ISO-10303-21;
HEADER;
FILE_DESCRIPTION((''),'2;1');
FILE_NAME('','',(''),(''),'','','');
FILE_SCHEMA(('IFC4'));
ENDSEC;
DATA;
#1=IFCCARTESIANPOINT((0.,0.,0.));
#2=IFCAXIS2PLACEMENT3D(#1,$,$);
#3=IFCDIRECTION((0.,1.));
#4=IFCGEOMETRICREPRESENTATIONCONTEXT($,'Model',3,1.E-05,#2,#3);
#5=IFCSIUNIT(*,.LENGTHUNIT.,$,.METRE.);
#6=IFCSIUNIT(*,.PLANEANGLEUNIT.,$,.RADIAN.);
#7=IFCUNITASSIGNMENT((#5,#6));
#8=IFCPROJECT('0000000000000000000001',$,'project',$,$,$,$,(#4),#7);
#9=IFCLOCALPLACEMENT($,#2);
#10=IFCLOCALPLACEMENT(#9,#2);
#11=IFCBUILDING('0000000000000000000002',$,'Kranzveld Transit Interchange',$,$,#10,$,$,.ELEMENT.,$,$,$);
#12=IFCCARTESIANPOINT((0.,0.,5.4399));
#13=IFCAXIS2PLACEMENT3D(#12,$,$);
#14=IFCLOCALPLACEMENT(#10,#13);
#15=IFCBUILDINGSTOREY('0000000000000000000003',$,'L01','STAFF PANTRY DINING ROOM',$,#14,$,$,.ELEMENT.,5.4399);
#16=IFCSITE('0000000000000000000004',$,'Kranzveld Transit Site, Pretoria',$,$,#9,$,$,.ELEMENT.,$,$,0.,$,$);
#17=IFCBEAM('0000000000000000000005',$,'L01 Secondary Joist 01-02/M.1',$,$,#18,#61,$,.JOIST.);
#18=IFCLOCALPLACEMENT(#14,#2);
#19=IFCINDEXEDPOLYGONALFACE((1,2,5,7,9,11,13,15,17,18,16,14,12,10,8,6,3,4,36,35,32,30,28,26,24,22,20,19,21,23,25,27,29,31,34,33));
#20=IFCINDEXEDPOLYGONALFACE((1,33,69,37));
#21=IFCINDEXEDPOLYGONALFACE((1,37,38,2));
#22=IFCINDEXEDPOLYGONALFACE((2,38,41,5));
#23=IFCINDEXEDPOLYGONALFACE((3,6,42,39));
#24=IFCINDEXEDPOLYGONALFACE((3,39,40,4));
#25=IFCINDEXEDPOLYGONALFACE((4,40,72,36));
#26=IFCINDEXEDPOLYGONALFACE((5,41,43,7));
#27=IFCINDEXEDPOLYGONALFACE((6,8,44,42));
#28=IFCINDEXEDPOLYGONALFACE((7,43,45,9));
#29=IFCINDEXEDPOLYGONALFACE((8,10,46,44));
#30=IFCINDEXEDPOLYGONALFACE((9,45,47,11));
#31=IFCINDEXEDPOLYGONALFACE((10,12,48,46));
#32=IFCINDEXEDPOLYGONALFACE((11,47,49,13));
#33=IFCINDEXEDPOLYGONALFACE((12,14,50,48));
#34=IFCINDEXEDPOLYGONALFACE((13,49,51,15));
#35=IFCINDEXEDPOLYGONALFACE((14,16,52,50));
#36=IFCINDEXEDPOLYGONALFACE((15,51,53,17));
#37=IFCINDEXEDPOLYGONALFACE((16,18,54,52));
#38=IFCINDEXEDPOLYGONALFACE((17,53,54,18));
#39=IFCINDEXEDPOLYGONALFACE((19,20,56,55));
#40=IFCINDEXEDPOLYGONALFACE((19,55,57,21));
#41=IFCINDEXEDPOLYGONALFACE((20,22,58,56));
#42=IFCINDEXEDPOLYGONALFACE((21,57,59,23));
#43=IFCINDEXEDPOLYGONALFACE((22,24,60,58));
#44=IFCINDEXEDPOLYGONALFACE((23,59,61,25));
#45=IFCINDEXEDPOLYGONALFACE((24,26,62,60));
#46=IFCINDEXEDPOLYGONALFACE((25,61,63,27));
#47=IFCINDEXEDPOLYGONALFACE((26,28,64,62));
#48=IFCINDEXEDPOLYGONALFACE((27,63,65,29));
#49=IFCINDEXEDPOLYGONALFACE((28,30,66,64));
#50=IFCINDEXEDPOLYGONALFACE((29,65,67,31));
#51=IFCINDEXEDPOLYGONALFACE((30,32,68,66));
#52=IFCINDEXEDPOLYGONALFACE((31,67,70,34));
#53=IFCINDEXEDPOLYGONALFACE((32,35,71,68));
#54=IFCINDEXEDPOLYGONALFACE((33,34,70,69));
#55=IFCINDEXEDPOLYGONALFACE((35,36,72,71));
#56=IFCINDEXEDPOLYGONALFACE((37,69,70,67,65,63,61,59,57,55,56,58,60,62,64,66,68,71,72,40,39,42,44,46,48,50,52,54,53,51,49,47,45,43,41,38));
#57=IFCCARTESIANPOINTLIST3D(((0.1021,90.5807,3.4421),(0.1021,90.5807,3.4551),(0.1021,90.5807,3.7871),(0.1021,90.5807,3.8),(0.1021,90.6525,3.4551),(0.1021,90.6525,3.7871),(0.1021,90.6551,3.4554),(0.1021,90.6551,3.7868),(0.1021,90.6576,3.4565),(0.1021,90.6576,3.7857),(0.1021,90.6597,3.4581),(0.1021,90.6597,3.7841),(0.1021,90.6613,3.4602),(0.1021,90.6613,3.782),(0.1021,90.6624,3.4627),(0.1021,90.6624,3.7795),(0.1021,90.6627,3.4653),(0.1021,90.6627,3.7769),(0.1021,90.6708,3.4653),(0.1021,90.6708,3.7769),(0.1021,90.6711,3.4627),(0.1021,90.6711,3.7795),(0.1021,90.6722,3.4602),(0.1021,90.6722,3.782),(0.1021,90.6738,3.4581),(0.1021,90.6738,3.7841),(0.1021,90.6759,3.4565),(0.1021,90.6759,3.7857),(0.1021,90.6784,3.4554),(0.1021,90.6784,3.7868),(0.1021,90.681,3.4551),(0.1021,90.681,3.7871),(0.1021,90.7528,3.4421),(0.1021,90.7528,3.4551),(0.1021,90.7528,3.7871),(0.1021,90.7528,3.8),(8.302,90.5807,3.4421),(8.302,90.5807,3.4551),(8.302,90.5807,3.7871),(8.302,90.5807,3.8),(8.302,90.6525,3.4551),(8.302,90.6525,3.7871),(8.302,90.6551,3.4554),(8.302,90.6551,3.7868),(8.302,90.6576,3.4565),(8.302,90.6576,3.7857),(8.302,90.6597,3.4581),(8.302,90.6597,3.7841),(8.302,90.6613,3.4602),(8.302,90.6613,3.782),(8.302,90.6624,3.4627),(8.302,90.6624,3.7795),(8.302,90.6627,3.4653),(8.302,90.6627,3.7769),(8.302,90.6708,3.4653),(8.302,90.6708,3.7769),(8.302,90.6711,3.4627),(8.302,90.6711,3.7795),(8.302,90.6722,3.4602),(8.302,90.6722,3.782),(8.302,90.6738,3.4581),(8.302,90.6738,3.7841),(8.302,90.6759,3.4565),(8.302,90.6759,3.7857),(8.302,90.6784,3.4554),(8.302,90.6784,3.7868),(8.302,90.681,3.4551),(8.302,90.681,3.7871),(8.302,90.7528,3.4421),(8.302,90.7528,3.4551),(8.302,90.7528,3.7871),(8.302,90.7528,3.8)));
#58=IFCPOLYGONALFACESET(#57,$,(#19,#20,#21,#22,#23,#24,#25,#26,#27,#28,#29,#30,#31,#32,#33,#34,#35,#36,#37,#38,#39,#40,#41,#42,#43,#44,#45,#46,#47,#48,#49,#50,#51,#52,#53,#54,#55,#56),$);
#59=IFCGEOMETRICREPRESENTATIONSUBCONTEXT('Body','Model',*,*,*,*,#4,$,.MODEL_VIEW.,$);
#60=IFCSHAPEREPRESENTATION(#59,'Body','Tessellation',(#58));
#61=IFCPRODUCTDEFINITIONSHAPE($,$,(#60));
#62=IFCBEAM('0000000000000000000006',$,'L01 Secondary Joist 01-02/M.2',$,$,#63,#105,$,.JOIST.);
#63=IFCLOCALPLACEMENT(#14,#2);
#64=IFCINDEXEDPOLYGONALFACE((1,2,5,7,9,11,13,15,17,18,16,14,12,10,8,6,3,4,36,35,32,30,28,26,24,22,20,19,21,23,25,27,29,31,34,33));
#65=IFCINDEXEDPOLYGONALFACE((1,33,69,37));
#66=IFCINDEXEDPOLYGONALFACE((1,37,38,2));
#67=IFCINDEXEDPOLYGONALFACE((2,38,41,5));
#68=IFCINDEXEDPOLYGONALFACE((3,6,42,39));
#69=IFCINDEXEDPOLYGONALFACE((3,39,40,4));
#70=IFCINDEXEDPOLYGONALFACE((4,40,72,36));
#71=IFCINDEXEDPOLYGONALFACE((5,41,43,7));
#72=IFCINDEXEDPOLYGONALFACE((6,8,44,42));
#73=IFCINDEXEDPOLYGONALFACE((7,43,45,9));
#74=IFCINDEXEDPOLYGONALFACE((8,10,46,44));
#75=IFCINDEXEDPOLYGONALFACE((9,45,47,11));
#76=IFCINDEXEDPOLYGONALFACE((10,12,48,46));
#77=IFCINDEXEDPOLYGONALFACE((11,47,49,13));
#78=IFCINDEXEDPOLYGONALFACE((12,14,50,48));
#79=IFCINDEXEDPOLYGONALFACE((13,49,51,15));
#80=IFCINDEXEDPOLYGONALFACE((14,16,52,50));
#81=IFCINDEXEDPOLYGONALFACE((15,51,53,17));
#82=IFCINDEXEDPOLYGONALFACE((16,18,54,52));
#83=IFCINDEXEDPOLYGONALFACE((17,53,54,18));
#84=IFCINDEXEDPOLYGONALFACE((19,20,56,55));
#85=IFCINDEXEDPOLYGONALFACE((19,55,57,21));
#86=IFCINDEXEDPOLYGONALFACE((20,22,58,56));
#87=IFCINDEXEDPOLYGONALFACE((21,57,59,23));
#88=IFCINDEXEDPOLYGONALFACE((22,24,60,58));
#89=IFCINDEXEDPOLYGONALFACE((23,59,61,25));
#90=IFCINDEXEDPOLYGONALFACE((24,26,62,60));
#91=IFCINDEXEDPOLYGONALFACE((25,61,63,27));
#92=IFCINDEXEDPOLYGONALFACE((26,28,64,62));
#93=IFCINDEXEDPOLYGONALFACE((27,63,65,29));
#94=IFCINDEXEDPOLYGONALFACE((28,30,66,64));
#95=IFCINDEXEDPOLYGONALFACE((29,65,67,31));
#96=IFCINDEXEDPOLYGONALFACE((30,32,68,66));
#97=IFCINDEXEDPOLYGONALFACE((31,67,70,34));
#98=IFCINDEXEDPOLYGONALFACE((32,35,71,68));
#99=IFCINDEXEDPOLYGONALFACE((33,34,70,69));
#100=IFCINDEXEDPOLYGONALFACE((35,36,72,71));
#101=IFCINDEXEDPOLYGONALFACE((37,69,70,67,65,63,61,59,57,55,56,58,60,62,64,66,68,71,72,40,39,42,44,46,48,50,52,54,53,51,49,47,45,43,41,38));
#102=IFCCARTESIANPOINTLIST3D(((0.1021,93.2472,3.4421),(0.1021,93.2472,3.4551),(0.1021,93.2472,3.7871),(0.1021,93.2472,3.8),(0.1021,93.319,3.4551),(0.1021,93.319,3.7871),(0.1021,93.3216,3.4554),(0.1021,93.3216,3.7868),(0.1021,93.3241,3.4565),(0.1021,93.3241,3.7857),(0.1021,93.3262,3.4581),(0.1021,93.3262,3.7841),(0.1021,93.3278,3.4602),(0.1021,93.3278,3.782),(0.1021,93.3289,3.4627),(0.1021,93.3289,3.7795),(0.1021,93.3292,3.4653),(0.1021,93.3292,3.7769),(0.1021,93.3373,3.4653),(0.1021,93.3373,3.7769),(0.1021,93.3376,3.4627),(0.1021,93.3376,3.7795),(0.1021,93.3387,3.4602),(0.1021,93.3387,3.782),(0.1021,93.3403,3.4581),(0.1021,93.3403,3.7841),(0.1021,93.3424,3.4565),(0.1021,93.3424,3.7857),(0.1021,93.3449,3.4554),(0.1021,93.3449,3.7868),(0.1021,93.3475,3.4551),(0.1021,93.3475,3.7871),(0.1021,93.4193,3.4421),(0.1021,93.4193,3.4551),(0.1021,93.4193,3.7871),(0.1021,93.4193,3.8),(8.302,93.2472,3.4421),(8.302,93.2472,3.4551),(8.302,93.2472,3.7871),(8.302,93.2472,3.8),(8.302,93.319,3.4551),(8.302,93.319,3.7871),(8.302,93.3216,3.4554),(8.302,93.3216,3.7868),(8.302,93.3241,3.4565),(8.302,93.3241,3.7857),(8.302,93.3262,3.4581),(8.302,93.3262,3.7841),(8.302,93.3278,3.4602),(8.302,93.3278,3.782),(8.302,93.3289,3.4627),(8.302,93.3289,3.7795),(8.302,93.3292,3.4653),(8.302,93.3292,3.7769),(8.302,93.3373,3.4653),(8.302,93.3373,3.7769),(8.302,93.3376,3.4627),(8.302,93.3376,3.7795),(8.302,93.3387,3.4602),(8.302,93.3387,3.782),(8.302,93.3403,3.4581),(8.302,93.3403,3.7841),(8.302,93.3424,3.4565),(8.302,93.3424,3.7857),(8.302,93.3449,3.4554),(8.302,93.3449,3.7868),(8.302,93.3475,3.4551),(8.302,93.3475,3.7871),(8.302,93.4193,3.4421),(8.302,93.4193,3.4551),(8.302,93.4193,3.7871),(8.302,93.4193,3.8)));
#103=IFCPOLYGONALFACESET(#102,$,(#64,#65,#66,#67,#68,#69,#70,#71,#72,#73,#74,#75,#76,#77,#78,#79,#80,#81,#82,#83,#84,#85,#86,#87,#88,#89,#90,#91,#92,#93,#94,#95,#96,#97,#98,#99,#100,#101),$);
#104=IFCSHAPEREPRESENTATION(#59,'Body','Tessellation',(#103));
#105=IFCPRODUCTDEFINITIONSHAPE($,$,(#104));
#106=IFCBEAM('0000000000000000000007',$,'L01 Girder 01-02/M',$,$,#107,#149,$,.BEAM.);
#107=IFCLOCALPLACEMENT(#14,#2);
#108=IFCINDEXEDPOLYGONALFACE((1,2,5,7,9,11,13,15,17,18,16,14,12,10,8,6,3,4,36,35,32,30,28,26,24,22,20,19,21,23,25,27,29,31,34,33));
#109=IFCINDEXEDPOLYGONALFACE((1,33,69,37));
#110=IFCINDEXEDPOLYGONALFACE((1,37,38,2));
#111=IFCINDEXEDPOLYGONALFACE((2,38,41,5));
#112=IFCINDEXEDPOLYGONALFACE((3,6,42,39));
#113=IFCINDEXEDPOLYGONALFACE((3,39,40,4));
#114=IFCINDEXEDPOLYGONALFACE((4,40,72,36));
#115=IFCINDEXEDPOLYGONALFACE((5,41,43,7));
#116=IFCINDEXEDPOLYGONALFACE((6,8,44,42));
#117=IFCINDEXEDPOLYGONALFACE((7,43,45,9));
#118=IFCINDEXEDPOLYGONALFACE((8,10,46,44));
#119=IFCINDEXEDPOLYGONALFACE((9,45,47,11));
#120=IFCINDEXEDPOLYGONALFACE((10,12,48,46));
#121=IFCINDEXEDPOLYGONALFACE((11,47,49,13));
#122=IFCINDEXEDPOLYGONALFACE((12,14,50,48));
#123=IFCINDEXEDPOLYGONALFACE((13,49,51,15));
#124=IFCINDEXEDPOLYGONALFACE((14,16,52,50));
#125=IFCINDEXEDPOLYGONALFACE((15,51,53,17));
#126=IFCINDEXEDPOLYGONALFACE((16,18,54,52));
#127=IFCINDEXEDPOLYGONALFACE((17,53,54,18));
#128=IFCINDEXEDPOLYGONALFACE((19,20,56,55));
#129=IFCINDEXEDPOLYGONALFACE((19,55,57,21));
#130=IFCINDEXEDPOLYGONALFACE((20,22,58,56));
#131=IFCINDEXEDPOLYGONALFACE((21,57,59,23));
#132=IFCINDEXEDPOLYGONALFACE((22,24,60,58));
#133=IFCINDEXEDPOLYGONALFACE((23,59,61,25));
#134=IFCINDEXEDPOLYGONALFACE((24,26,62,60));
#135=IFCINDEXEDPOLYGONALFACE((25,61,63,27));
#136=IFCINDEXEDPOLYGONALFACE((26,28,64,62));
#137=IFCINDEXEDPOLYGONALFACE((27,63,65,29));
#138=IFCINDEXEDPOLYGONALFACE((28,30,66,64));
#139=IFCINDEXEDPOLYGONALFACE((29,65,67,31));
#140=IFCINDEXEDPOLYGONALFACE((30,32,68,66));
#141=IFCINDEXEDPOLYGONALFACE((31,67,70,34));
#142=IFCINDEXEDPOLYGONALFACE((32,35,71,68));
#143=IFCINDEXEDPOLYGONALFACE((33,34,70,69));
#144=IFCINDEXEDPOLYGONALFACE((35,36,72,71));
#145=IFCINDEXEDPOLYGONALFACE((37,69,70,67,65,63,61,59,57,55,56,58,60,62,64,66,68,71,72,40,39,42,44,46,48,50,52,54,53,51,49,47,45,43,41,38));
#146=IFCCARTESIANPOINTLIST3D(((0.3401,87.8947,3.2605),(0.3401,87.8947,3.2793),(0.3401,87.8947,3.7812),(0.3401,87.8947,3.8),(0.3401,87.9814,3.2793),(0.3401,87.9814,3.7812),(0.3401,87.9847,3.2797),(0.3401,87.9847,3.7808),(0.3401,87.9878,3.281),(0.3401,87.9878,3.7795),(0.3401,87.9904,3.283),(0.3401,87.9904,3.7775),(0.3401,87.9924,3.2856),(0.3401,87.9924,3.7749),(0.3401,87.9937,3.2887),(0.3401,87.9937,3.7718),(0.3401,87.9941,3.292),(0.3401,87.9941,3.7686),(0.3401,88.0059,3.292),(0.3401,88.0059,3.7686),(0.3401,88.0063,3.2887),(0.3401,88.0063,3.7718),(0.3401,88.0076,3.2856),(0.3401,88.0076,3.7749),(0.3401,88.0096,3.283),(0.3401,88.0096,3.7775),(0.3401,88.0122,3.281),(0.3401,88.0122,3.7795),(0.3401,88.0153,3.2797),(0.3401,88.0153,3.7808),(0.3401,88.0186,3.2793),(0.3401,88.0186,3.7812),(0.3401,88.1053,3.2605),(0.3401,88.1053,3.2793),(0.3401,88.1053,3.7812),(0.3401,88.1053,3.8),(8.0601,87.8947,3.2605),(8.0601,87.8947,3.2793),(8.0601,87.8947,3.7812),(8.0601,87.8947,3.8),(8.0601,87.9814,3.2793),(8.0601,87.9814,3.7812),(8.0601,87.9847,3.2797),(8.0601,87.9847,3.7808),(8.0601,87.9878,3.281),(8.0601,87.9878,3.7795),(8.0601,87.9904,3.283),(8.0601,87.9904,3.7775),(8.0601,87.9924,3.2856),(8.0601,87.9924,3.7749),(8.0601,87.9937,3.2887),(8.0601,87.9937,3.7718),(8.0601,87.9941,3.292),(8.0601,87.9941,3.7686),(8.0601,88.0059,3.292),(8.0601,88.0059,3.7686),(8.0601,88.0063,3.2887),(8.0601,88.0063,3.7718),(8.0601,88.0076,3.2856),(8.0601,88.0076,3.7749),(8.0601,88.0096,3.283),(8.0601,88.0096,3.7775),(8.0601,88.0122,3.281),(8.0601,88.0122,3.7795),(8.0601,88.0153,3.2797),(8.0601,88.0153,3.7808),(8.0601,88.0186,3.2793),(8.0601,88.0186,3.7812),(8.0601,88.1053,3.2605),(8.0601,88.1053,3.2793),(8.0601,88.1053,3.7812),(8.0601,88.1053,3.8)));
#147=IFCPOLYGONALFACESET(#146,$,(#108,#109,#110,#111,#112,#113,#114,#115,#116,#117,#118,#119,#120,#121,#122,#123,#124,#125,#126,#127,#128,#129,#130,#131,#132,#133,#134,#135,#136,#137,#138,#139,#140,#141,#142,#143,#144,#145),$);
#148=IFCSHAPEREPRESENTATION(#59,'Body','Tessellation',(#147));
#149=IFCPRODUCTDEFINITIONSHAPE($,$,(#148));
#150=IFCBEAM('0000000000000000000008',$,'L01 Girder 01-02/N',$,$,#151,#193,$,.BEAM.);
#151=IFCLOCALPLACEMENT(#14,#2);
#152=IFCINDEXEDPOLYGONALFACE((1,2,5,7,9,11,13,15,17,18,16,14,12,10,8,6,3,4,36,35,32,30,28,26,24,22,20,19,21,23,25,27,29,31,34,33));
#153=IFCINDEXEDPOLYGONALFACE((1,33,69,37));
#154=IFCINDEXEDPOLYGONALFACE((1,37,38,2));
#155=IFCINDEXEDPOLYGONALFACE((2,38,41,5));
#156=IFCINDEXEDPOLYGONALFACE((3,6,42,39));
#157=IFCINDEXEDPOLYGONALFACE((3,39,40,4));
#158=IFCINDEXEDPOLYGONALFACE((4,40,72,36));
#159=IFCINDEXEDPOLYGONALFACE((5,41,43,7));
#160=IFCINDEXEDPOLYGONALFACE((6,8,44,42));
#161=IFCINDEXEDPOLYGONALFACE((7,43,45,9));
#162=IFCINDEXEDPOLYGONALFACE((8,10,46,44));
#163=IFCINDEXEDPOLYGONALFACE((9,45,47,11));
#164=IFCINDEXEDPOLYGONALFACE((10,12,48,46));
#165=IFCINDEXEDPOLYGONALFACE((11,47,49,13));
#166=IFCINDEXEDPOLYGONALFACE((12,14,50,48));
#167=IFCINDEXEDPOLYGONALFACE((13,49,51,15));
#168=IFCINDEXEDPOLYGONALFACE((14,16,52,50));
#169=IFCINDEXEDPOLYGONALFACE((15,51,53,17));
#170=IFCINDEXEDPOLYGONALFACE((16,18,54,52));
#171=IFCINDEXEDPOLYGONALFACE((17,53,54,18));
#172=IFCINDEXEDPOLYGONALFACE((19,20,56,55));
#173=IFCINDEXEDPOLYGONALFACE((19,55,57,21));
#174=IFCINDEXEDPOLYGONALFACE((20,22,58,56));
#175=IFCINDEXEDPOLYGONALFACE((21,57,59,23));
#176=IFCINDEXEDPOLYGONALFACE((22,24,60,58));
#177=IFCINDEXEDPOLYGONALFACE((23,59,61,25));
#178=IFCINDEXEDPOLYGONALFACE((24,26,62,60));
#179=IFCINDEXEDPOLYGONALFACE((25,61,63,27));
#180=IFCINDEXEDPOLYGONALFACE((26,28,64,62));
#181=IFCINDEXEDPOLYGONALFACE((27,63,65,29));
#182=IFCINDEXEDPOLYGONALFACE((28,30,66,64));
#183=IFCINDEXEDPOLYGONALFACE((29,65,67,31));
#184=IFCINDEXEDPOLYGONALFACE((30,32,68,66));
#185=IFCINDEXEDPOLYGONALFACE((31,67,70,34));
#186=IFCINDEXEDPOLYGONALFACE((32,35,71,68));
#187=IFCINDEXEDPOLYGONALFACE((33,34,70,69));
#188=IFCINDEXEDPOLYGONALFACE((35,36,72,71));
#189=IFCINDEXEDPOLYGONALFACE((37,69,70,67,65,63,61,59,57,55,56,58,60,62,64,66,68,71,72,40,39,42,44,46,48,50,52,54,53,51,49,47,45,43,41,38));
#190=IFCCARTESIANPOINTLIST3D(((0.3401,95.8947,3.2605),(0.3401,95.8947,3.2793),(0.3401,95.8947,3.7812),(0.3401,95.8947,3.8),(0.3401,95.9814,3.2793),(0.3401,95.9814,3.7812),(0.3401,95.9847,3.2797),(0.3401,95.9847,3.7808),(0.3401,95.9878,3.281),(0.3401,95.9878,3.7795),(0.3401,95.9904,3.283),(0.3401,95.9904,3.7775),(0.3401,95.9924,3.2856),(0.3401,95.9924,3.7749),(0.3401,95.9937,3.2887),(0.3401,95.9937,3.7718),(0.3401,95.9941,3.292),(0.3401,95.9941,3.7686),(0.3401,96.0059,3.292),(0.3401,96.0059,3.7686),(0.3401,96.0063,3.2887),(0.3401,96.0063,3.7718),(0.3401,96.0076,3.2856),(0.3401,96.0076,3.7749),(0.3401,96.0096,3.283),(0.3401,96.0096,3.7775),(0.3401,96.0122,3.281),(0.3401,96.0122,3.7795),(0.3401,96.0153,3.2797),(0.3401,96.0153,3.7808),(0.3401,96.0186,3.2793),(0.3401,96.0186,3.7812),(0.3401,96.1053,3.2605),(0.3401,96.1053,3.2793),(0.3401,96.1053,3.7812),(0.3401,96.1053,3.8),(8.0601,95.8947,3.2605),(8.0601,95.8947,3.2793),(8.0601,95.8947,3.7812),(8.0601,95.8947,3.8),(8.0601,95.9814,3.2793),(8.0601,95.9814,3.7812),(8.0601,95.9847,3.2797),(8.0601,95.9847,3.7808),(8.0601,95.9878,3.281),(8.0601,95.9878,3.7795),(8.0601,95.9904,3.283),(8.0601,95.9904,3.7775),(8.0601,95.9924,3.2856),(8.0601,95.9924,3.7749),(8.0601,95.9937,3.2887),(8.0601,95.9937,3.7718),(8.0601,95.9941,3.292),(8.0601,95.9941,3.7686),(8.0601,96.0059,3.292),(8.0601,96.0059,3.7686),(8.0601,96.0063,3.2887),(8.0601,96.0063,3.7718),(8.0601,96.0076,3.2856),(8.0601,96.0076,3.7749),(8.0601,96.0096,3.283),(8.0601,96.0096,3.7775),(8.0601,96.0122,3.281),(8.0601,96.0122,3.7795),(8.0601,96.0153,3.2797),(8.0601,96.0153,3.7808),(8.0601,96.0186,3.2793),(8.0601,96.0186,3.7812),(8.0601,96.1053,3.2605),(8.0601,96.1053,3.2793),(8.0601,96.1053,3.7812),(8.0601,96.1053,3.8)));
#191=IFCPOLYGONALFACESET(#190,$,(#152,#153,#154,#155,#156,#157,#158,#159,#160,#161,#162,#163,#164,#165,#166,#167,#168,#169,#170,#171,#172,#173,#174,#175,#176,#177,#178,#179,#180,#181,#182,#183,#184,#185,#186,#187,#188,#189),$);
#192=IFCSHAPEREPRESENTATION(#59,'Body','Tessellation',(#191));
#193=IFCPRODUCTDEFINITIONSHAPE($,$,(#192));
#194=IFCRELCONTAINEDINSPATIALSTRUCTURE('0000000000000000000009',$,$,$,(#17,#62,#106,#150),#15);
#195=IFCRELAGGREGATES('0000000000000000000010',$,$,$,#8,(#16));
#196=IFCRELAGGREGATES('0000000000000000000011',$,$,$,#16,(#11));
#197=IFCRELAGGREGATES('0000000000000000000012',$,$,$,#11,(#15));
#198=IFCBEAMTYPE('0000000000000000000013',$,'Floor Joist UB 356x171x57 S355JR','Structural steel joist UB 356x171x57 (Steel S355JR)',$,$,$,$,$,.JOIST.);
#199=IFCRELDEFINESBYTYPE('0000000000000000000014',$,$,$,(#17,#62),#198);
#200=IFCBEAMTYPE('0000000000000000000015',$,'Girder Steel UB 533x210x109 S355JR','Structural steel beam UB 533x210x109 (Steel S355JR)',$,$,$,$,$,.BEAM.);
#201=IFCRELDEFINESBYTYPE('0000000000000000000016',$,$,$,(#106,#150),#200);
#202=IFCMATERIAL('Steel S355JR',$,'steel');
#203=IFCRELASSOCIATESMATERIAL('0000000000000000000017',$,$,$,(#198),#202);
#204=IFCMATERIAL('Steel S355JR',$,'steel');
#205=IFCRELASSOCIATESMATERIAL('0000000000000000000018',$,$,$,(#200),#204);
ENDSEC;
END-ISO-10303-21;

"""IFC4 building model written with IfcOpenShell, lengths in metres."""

from ifc_helpers import new_model, si_unit, direction, frame, origin, origin_2d, place, context, subcontext, project, spatial, i_section, extrude, material, material_profile, profile_set, type_object, element, save


model = new_model("IFC4")

# Units and contexts
model_context = context("Model", 3, precision=1e-05, world=origin(), true_north=direction((0.0, 1.0)))
body_context = subcontext(model_context, "Body", "Model", "MODEL_VIEW")
ifc_project = project(units=[si_unit("LENGTHUNIT", "METRE"), si_unit("PLANEANGLEUNIT", "RADIAN")], contexts=[model_context])

# Site, building, storey
site_placement = place(None, origin())
site = spatial("IfcSite", under=ifc_project, at=site_placement, Name="Kranzveld Transit Site, Pretoria", CompositionType="ELEMENT", RefElevation=0.0)
building_placement = place(site_placement, origin())
building = spatial("IfcBuilding", under=site, at=building_placement, Name="Kranzveld Transit Interchange", CompositionType="ELEMENT")
storey_placement = place(building_placement, frame((0.0, 0.0, 5.4399)))
storey = spatial("IfcBuildingStorey", under=building, at=storey_placement, Name="L01", Description="STAFF PANTRY DINING ROOM", CompositionType="ELEMENT", Elevation=5.4399)

# Beams
ifc_material_1 = material(Name="Steel S355JR", Category="steel")
ifc_material_profile_1 = material_profile(ifc_material_1, i_section(OverallWidth=0.1721, OverallDepth=0.3579, WebThickness=0.0081, FlangeThickness=0.0129, FilletRadius=0.0103, at=origin_2d()), Name="UB 356x171x57")
ifc_profile_set_1 = profile_set([ifc_material_profile_1], Name="Steel S355JR")
beam_type_1 = type_object("IfcBeamType", Name="Floor Joist UB 356x171x57 S355JR", Description="Structural steel joist UB 356x171x57 (Steel S355JR)", PredefinedType="JOIST", material=ifc_profile_set_1)
for number, where, z_axis, x_axis, name in (
    (1, (0.1021, 90.6667, 3.6211), (1.0, 0.0, 0.0), (0.0, 1.0, 0.0), "L01 Secondary Joist 01-02/M.1"),
    (2, (0.1021, 93.3333, 3.6211), (1.0, 0.0, 0.0), (0.0, 1.0, 0.0), "L01 Secondary Joist 01-02/M.2"),
):
    element("IfcBeam", number, at=place(storey_placement, frame(where, z_axis=z_axis, x_axis=x_axis)), inside=storey, type_object=beam_type_1, Name=name, PredefinedType="JOIST", context=body_context, shape_type="SweptSolid", body=[
        extrude(i_section(OverallWidth=0.1721, OverallDepth=0.3579, WebThickness=0.0081, FlangeThickness=0.0129, FilletRadius=0.0103, at=origin_2d()), origin(), (0.0, 0.0, 1.0), 8.2),
    ])
ifc_material_2 = material(Name="Steel S355JR", Category="steel")
ifc_material_profile_2 = material_profile(ifc_material_2, i_section(OverallWidth=0.2107, OverallDepth=0.5396, WebThickness=0.0117, FlangeThickness=0.0188, FilletRadius=0.0127, at=origin_2d()), Name="UB 533x210x109")
ifc_profile_set_2 = profile_set([ifc_material_profile_2], Name="Steel S355JR")
beam_type_2 = type_object("IfcBeamType", Name="Girder Steel UB 533x210x109 S355JR", Description="Structural steel beam UB 533x210x109 (Steel S355JR)", PredefinedType="BEAM", material=ifc_profile_set_2)
for number, where, z_axis, x_axis, name in (
    (3, (0.3401, 88.0, 3.5303), (1.0, 0.0, 0.0), (0.0, 1.0, 0.0), "L01 Girder 01-02/M"),
    (4, (0.3401, 96.0, 3.5303), (1.0, 0.0, 0.0), (0.0, 1.0, 0.0), "L01 Girder 01-02/N"),
):
    element("IfcBeam", number, at=place(storey_placement, frame(where, z_axis=z_axis, x_axis=x_axis)), inside=storey, type_object=beam_type_2, Name=name, PredefinedType="BEAM", context=body_context, shape_type="SweptSolid", body=[
        extrude(i_section(OverallWidth=0.2107, OverallDepth=0.5396, WebThickness=0.0117, FlangeThickness=0.0188, FilletRadius=0.0127, at=origin_2d()), origin(), (0.0, 0.0, 1.0), 7.72),
    ])

save(model, "model.ifc")
